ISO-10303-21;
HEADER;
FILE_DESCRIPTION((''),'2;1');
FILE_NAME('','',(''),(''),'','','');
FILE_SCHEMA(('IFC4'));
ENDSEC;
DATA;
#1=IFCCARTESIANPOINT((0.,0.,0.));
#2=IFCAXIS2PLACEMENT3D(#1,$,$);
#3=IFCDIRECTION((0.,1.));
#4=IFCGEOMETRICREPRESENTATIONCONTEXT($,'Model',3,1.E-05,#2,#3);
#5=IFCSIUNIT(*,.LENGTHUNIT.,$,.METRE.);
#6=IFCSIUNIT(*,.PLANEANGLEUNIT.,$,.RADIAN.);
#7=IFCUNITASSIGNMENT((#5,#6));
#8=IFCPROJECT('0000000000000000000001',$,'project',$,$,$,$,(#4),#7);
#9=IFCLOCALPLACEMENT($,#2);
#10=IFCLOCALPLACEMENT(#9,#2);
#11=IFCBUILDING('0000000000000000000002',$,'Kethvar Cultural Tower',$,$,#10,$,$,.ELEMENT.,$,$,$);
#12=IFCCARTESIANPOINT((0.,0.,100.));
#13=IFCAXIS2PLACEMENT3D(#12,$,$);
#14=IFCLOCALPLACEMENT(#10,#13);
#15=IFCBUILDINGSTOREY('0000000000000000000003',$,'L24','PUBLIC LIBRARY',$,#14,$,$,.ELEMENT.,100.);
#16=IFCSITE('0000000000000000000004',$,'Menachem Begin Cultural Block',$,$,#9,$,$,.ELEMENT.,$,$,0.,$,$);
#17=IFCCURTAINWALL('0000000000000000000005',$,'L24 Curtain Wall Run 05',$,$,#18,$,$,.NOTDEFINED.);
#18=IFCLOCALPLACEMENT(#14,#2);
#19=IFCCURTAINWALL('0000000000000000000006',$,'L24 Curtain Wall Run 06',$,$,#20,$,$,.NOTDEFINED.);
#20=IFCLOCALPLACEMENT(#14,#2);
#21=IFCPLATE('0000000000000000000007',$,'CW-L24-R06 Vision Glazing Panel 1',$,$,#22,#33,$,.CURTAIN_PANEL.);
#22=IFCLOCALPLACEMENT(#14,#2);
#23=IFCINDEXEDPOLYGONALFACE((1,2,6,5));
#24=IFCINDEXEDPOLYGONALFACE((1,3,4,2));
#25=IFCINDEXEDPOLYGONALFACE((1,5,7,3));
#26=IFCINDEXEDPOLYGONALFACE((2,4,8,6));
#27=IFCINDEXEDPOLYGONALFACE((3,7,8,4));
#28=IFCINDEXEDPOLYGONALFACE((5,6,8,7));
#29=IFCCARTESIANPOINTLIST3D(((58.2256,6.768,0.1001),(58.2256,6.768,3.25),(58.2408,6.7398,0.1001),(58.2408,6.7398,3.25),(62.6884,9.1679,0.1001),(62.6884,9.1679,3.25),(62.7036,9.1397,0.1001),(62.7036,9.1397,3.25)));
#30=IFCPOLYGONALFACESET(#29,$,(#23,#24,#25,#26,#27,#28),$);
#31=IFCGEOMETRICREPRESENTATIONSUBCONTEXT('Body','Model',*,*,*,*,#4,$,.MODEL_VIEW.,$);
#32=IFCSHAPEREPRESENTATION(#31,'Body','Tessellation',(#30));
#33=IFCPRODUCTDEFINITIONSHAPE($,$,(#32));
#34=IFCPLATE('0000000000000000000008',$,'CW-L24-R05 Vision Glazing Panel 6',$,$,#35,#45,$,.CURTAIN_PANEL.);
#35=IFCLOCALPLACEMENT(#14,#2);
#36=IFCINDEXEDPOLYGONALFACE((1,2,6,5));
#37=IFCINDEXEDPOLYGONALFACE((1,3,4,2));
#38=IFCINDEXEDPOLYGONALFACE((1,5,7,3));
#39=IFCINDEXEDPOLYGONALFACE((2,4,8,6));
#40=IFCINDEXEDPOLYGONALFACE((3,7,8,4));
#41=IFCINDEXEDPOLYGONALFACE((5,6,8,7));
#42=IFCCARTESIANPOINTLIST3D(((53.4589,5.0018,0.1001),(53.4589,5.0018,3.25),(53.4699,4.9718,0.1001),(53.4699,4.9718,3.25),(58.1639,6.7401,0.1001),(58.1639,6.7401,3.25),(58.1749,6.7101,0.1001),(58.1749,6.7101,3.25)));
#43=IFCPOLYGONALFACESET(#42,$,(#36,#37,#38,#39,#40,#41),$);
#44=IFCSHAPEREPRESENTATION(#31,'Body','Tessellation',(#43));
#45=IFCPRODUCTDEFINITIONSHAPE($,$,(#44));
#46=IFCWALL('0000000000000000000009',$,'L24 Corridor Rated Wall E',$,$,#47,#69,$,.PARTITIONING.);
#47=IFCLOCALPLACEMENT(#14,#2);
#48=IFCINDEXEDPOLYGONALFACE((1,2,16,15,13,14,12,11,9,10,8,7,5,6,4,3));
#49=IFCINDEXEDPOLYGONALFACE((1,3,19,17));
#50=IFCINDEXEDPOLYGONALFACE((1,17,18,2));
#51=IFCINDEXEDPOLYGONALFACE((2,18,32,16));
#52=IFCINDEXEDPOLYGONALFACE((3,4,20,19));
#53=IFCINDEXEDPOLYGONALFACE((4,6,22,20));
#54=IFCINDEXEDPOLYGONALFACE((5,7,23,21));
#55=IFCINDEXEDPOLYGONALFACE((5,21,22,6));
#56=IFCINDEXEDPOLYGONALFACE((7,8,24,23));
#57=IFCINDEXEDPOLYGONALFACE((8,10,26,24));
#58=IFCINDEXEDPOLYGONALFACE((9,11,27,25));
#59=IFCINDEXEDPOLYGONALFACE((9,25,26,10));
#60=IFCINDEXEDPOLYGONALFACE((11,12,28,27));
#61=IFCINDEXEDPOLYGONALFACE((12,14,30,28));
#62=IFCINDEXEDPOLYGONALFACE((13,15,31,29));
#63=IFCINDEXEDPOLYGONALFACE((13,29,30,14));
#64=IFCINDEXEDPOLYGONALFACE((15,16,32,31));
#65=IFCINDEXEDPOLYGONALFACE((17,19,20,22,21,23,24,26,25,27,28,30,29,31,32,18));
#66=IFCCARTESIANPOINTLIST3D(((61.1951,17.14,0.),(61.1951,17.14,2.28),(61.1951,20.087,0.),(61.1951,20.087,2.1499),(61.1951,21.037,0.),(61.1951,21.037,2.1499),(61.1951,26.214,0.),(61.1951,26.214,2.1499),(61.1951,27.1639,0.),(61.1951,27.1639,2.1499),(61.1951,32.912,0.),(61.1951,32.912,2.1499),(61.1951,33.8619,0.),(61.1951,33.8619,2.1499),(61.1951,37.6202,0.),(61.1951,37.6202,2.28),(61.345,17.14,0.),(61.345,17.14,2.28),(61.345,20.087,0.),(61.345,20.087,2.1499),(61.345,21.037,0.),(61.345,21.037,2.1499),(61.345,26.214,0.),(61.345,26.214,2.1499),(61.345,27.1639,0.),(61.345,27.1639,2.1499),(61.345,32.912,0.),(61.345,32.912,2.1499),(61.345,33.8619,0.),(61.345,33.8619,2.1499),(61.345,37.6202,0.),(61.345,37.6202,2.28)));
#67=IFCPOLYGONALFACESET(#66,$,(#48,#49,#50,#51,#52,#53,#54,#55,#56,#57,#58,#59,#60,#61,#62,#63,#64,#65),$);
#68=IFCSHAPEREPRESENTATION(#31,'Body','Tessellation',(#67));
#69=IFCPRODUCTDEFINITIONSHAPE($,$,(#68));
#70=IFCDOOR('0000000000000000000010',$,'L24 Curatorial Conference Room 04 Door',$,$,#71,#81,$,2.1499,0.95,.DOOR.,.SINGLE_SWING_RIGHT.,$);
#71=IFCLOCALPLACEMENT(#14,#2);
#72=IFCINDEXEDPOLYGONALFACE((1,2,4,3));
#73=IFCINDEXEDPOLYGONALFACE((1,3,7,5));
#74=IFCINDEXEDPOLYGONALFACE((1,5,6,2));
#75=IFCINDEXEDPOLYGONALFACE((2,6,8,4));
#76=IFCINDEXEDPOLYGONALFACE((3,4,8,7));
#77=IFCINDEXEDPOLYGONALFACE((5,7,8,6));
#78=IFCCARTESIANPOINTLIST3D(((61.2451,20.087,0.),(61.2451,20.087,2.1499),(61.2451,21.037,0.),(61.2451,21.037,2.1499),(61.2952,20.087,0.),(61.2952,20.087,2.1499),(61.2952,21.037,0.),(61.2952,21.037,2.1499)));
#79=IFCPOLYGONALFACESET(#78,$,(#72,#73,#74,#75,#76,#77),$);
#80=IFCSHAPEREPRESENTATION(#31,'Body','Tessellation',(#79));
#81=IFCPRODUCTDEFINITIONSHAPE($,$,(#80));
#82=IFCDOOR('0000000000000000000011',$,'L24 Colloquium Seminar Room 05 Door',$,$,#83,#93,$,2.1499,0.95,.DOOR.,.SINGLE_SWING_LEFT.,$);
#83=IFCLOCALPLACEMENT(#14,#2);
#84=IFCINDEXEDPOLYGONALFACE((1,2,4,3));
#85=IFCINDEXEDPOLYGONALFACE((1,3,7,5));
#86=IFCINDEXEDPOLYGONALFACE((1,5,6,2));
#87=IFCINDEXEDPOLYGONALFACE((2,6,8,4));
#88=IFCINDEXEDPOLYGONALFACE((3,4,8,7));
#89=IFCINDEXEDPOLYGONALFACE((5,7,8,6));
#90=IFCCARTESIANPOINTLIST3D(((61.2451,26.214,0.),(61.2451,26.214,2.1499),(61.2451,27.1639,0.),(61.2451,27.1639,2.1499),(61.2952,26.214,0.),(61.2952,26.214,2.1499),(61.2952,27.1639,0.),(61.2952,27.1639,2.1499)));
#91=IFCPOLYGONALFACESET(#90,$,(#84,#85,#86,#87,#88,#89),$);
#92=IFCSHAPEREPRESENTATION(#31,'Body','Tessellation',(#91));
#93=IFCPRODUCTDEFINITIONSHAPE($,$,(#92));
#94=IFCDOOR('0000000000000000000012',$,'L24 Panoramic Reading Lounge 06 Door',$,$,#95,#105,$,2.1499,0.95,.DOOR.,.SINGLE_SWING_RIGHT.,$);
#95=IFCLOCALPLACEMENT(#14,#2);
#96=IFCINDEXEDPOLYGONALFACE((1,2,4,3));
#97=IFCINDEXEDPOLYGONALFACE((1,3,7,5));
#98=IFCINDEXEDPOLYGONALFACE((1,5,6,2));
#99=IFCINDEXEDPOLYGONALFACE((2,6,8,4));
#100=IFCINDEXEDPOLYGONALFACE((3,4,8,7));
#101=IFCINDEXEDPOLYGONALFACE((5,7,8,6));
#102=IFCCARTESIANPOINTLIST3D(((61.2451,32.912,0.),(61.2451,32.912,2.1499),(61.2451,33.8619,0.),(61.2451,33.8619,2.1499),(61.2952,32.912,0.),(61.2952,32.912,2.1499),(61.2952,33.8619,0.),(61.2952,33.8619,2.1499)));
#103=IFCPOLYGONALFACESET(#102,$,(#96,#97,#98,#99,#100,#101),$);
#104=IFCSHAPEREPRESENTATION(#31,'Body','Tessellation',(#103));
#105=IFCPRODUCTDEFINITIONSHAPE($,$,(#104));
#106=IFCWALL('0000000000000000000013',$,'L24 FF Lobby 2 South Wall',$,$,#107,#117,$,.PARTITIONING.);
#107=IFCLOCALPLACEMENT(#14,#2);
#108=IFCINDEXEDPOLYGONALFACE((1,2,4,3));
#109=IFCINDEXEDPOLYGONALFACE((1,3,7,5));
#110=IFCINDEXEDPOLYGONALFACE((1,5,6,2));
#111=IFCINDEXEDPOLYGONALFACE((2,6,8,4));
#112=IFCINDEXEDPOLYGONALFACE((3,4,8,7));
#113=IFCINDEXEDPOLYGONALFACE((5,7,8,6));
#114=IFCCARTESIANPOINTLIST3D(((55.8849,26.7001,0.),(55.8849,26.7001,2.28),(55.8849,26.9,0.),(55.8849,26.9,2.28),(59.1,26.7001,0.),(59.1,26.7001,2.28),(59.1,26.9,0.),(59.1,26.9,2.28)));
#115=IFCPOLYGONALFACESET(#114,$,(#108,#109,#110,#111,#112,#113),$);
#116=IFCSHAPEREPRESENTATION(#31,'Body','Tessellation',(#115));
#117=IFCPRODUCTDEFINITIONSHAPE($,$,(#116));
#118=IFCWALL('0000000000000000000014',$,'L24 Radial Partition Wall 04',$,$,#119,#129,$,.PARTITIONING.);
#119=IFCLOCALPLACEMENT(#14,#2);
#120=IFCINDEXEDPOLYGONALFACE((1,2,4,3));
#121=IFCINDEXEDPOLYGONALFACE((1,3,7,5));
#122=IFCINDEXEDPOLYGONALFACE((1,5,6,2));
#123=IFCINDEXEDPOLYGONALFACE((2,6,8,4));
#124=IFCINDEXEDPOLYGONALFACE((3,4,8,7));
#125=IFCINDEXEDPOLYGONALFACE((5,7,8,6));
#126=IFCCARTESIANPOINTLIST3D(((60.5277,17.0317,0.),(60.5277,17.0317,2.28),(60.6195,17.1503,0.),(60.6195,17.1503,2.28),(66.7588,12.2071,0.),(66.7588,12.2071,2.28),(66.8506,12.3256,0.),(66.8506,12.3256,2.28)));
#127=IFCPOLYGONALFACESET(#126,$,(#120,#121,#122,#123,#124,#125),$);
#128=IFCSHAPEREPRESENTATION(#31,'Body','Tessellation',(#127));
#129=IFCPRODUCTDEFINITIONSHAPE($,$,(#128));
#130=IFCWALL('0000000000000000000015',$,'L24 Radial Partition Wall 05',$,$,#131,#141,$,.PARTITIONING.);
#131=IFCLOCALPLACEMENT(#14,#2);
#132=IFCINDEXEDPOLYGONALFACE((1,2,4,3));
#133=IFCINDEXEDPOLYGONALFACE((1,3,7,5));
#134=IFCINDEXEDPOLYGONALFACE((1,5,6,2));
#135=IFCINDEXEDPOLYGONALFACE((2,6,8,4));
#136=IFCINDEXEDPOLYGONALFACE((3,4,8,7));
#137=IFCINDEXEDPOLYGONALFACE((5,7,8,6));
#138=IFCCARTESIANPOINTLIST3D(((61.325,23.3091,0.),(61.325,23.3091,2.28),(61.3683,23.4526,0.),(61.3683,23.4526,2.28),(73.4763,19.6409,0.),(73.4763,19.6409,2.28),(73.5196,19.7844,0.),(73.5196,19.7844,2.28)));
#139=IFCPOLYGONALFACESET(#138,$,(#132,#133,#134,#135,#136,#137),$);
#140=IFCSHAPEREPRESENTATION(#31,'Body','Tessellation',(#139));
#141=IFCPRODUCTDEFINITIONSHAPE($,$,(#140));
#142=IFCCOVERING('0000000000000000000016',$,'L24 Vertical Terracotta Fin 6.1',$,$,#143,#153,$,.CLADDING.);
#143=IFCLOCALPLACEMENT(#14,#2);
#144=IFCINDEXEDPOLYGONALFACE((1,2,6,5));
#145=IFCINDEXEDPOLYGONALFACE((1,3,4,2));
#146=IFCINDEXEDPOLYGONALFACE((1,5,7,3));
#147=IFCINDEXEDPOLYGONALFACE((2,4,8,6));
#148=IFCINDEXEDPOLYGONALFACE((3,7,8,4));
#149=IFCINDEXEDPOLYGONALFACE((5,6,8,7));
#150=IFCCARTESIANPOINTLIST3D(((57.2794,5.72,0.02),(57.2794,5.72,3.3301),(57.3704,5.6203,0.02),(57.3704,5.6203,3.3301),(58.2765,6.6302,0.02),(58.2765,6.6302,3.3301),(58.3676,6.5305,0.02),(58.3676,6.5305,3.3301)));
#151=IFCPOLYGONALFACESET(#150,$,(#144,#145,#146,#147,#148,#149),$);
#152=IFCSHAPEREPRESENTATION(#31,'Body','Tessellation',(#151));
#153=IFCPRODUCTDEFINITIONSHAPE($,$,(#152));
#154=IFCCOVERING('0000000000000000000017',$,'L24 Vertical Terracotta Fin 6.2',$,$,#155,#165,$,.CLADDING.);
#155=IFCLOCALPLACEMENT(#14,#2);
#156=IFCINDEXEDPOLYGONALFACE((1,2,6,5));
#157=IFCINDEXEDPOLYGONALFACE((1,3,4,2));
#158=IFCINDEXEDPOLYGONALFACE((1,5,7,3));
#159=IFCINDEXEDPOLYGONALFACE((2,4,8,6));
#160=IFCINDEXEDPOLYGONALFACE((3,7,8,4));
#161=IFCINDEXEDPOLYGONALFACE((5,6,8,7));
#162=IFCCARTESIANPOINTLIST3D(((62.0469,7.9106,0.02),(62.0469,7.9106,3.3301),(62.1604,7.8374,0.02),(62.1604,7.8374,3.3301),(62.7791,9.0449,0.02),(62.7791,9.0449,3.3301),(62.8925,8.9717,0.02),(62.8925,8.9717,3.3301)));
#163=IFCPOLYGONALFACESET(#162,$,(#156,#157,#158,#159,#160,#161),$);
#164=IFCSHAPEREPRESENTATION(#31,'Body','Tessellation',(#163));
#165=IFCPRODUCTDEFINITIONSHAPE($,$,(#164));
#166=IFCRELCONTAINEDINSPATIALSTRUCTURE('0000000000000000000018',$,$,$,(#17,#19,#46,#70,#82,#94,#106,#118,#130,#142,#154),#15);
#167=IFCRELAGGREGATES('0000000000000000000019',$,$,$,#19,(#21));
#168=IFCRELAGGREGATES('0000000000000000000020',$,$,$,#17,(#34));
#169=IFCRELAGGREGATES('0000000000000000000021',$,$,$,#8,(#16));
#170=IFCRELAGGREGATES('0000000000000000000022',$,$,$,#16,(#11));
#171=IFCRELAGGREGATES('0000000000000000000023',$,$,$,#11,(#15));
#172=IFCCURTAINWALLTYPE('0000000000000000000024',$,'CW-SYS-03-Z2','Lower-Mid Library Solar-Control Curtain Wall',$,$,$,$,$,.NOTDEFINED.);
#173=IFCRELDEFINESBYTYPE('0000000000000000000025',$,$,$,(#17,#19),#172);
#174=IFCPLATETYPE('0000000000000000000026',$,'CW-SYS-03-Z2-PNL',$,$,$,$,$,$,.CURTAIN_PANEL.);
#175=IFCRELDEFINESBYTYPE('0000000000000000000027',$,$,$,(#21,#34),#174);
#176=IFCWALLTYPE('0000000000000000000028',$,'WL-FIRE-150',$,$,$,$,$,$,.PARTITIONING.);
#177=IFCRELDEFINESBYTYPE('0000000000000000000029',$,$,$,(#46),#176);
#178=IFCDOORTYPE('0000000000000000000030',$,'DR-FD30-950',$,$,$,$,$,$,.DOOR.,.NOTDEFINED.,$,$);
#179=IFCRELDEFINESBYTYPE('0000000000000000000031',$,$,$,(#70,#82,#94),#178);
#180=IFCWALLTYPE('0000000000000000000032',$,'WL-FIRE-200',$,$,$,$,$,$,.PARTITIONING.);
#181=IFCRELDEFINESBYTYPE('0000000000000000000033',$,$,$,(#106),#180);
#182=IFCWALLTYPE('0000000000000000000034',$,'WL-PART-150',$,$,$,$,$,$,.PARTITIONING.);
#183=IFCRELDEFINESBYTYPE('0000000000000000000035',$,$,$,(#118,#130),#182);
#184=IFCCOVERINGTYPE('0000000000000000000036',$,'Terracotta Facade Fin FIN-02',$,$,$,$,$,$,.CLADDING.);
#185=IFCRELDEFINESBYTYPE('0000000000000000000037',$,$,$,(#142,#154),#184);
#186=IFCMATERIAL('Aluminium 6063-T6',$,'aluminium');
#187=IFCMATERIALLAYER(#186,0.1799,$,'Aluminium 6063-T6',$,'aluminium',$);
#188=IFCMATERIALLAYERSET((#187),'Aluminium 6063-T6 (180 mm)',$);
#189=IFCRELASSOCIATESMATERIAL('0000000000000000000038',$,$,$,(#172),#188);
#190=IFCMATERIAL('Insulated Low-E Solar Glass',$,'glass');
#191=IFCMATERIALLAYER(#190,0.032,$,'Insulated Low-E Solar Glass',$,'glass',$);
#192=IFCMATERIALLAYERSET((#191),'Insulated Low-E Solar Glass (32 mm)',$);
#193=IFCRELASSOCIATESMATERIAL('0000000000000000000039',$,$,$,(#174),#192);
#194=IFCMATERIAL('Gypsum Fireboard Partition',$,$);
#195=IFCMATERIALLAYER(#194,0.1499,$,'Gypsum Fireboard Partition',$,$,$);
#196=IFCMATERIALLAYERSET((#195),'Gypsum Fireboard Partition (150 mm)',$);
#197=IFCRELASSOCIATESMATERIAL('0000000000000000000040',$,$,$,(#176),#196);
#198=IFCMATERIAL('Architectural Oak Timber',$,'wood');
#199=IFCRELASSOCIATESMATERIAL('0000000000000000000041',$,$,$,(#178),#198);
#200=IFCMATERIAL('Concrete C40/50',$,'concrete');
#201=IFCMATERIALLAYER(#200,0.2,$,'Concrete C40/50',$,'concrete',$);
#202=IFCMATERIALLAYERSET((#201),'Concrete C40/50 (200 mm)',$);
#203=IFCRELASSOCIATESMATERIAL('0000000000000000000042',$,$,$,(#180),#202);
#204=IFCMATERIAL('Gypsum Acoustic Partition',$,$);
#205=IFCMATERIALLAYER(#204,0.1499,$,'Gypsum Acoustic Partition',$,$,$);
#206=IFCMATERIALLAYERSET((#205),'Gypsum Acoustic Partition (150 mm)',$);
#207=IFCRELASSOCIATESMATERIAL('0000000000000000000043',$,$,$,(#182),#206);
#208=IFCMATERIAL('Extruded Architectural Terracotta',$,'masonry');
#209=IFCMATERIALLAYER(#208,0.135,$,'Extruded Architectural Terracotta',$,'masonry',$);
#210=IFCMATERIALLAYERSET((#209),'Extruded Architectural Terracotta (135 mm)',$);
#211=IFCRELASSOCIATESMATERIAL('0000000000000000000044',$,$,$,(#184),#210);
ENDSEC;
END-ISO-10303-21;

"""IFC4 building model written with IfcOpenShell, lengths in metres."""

from ifc_helpers import new_model, si_unit, direction, frame, frame_2d, origin, origin_2d, place, context, subcontext, project, spatial, rectangle, extrude, source, transform, mapped, material, layer, layer_set, type_object, element, fill, aggregate, save


model = new_model("IFC4")

# Units and contexts
model_context = context("Model", 3, precision=1e-05, world=origin(), true_north=direction((0.0, 1.0)))
body_context = subcontext(model_context, "Body", "Model", "MODEL_VIEW")
ifc_project = project(units=[si_unit("LENGTHUNIT", "METRE"), si_unit("PLANEANGLEUNIT", "RADIAN")], contexts=[model_context])

# Site, building, storey
site_placement = place(None, origin())
site = spatial("IfcSite", under=ifc_project, at=site_placement, Name="Menachem Begin Cultural Block", CompositionType="ELEMENT", RefElevation=0.0)
building_placement = place(site_placement, origin())
building = spatial("IfcBuilding", under=site, at=building_placement, Name="Kethvar Cultural Tower", CompositionType="ELEMENT")
storey_placement = place(building_placement, frame((0.0, 0.0, 100.0)))
storey = spatial("IfcBuildingStorey", under=building, at=storey_placement, Name="L24", Description="PUBLIC LIBRARY", CompositionType="ELEMENT", Elevation=100.0)

# Curtain wall
ifc_material_1 = material(Name="Aluminium 6063-T6", Category="aluminium")
ifc_layer_1 = layer(ifc_material_1, 0.1799, Name="Aluminium 6063-T6", Category="aluminium")
ifc_layer_set_1 = layer_set([ifc_layer_1], Name="Aluminium 6063-T6 (180 mm)")
curtain_wall_type = type_object("IfcCurtainWallType", Name="CW-SYS-03-Z2", Description="Lower-Mid Library Solar-Control Curtain Wall", PredefinedType="NOTDEFINED", material=ifc_layer_set_1)
curtain_wall_1_placement = place(storey_placement, origin())
curtain_wall_1 = element("IfcCurtainWall", 1, at=curtain_wall_1_placement, inside=storey, type_object=curtain_wall_type, Name="L24 Curtain Wall Run 05", PredefinedType="NOTDEFINED")

# Curtain wall, plate
curtain_wall_2_placement = place(storey_placement, origin())
curtain_wall_2 = element("IfcCurtainWall", 2, at=curtain_wall_2_placement, inside=storey, type_object=curtain_wall_type, Name="L24 Curtain Wall Run 06", PredefinedType="NOTDEFINED")
ifc_material_2 = material(Name="Insulated Low-E Solar Glass", Category="glass")
ifc_layer_2 = layer(ifc_material_2, 0.032, Name="Insulated Low-E Solar Glass", Category="glass")
ifc_layer_set_2 = layer_set([ifc_layer_2], Name="Insulated Low-E Solar Glass (32 mm)")
plate_type = type_object("IfcPlateType", Name="CW-SYS-03-Z2-PNL", PredefinedType="CURTAIN_PANEL", material=ifc_layer_set_2)
shared_shape_1 = source(origin(), body_context, "Body", "SweptSolid", [
    extrude(rectangle(XDim=5.0671, YDim=0.032, at=origin_2d()), origin(), (0.0, 0.0, 1.0), 3.1499),
])
plate_1_placement = place(storey_placement, frame((60.4646, 7.9539, 0.1001), z_axis=(0.0, 0.0, 1.0), x_axis=(0.880734, 0.473612, 0.0)))
plate_1 = element("IfcPlate", 3, at=plate_1_placement, type_object=plate_type, Name="CW-L24-R06 Vision Glazing Panel 1", PredefinedType="CURTAIN_PANEL", context=body_context, shape_type="MappedRepresentation", body=[
    mapped(shared_shape_1, transform((0.0, 0.0, 0.0), scale=1.0)),
])
aggregate(curtain_wall_2, [plate_1])

# Plate
shared_shape_2 = source(origin(), body_context, "Body", "SweptSolid", [
    extrude(rectangle(XDim=5.0159, YDim=0.032, at=origin_2d()), origin(), (0.0, 0.0, 1.0), 3.1499),
])
plate_2_placement = place(storey_placement, frame((55.8169, 5.856, 0.1001), z_axis=(0.0, 0.0, 1.0), x_axis=(0.938022, 0.346576, 0.0)))
plate_2 = element("IfcPlate", 4, at=plate_2_placement, type_object=plate_type, Name="CW-L24-R05 Vision Glazing Panel 6", PredefinedType="CURTAIN_PANEL", context=body_context, shape_type="MappedRepresentation", body=[
    mapped(shared_shape_2, transform((0.0, 0.0, 0.0), scale=1.0)),
])
aggregate(curtain_wall_1, [plate_2])

# Wall, openings, doors
ifc_material_3 = material(Name="Gypsum Fireboard Partition")
ifc_layer_3 = layer(ifc_material_3, 0.1499, Name="Gypsum Fireboard Partition")
ifc_layer_set_3 = layer_set([ifc_layer_3], Name="Gypsum Fireboard Partition (150 mm)")
wall_type_1 = type_object("IfcWallType", Name="WL-FIRE-150", PredefinedType="PARTITIONING", material=ifc_layer_set_3)
wall_1_placement = place(storey_placement, frame((61.27, 17.1399, 0.0), z_axis=(0.0, 0.0, 1.0), x_axis=(0.0, 1.0, 0.0)))
wall_1 = element("IfcWall", 5, at=wall_1_placement, inside=storey, type_object=wall_type_1, Name="L24 Corridor Rated Wall E", PredefinedType="PARTITIONING", context=body_context, shape_type="SweptSolid", body=[
    extrude(rectangle(XDim=20.4802, YDim=0.1499, at=frame_2d((10.2402, 0.0))), origin(), (0.0, 0.0, 1.0), 2.28),
])
opening_1_placement = place(wall_1_placement, frame((2.947, 0.0, 0.0)))
opening_1 = element("IfcOpeningElement", 6, at=opening_1_placement, cuts=wall_1, PredefinedType="OPENING", context=body_context, shape_type="SweptSolid", body=[
    extrude(rectangle(XDim=0.95, YDim=2.1499, at=frame_2d((0.4751, 1.075))), frame((0.0, 0.085, 0.0), z_axis=(0.0, -1.0, 0.0), x_axis=(1.0, 0.0, 0.0)), (0.0, 0.0, 1.0), 0.1699),
])
opening_2_placement = place(wall_1_placement, frame((9.074, 0.0, 0.0)))
opening_2 = element("IfcOpeningElement", 7, at=opening_2_placement, cuts=wall_1, PredefinedType="OPENING", context=body_context, shape_type="SweptSolid", body=[
    extrude(rectangle(XDim=0.95, YDim=2.1499, at=frame_2d((0.4751, 1.075))), frame((0.0, 0.085, 0.0), z_axis=(0.0, -1.0, 0.0), x_axis=(1.0, 0.0, 0.0)), (0.0, 0.0, 1.0), 0.1699),
])
opening_3_placement = place(wall_1_placement, frame((15.772, 0.0, 0.0)))
opening_3 = element("IfcOpeningElement", 8, at=opening_3_placement, cuts=wall_1, PredefinedType="OPENING", context=body_context, shape_type="SweptSolid", body=[
    extrude(rectangle(XDim=0.95, YDim=2.1499, at=frame_2d((0.4751, 1.075))), frame((0.0, 0.085, 0.0), z_axis=(0.0, -1.0, 0.0), x_axis=(1.0, 0.0, 0.0)), (0.0, 0.0, 1.0), 0.1699),
])
ifc_material_4 = material(Name="Architectural Oak Timber", Category="wood")
door_type_1 = type_object("IfcDoorType", Name="DR-FD30-950", OperationType="NOTDEFINED", PredefinedType="DOOR", material=ifc_material_4)
shared_shape_3 = source(origin(), body_context, "Body", "SweptSolid", [
    extrude(rectangle(XDim=0.95, YDim=2.1499, at=frame_2d((0.4751, 1.075))), frame((0.0, 0.0249, 0.0), z_axis=(0.0, -1.0, 0.0), x_axis=(1.0, 0.0, 0.0)), (0.0, 0.0, 1.0), 0.05),
])
door_1_placement = place(opening_1_placement, origin())
door_1 = element("IfcDoor", 9, at=door_1_placement, inside=storey, type_object=door_type_1, Name="L24 Curatorial Conference Room 04 Door", OperationType="SINGLE_SWING_RIGHT", OverallHeight=2.1499, OverallWidth=0.95, PredefinedType="DOOR", context=body_context, shape_type="MappedRepresentation", body=[
    mapped(shared_shape_3, transform((0.0, 0.0, 0.0), scale=1.0)),
])
fill(opening_1, door_1)
door_2_placement = place(opening_2_placement, origin())
door_2 = element("IfcDoor", 10, at=door_2_placement, inside=storey, type_object=door_type_1, Name="L24 Colloquium Seminar Room 05 Door", OperationType="SINGLE_SWING_LEFT", OverallHeight=2.1499, OverallWidth=0.95, PredefinedType="DOOR", context=body_context, shape_type="MappedRepresentation", body=[
    mapped(shared_shape_3, transform((0.0, 0.0, 0.0), scale=1.0)),
])
fill(opening_2, door_2)
door_3_placement = place(opening_3_placement, origin())
door_3 = element("IfcDoor", 11, at=door_3_placement, inside=storey, type_object=door_type_1, Name="L24 Panoramic Reading Lounge 06 Door", OperationType="SINGLE_SWING_RIGHT", OverallHeight=2.1499, OverallWidth=0.95, PredefinedType="DOOR", context=body_context, shape_type="MappedRepresentation", body=[
    mapped(shared_shape_3, transform((0.0, 0.0, 0.0), scale=1.0)),
])
fill(opening_3, door_3)

# Shared definitions
ifc_material_5 = material(Name="Concrete C40/50", Category="concrete")
ifc_layer_4 = layer(ifc_material_5, 0.2, Name="Concrete C40/50", Category="concrete")
ifc_layer_set_4 = layer_set([ifc_layer_4], Name="Concrete C40/50 (200 mm)")
wall_type_2 = type_object("IfcWallType", Name="WL-FIRE-200", PredefinedType="PARTITIONING", material=ifc_layer_set_4)

# Walls
wall_2_placement = place(storey_placement, frame((55.885, 26.8, 0.0), z_axis=(0.0, 0.0, 1.0), x_axis=(1.0, 0.0, 0.0)))
element("IfcWall", 12, at=wall_2_placement, inside=storey, type_object=wall_type_2, Name="L24 FF Lobby 2 South Wall", PredefinedType="PARTITIONING", context=body_context, shape_type="SweptSolid", body=[
    extrude(rectangle(XDim=3.2151, YDim=0.2, at=frame_2d((1.6074, 0.0))), origin(), (0.0, 0.0, 1.0), 2.28),
])
ifc_material_6 = material(Name="Gypsum Acoustic Partition")
ifc_layer_5 = layer(ifc_material_6, 0.1499, Name="Gypsum Acoustic Partition")
ifc_layer_set_5 = layer_set([ifc_layer_5], Name="Gypsum Acoustic Partition (150 mm)")
wall_type_3 = type_object("IfcWallType", Name="WL-PART-150", PredefinedType="PARTITIONING", material=ifc_layer_set_5)
wall_3_placement = place(storey_placement, frame((60.5735, 17.0911, 0.0), z_axis=(0.0, 0.0, 1.0), x_axis=(0.79069, -0.612217, 0.0)))
element("IfcWall", 13, at=wall_3_placement, inside=storey, type_object=wall_type_3, Name="L24 Radial Partition Wall 04", PredefinedType="PARTITIONING", context=body_context, shape_type="SweptSolid", body=[
    extrude(rectangle(XDim=7.8806, YDim=0.1499, at=frame_2d((3.9404, 0.0))), origin(), (0.0, 0.0, 1.0), 2.28),
])
wall_4_placement = place(storey_placement, frame((61.3467, 23.3809, 0.0), z_axis=(0.0, 0.0, 1.0), x_axis=(0.95733, -0.288996, 0.0)))
element("IfcWall", 14, at=wall_4_placement, inside=storey, type_object=wall_type_3, Name="L24 Radial Partition Wall 05", PredefinedType="PARTITIONING", context=body_context, shape_type="SweptSolid", body=[
    extrude(rectangle(XDim=12.6929, YDim=0.1499, at=frame_2d((6.3464, 0.0))), origin(), (0.0, 0.0, 1.0), 2.28),
])

# Coverings
ifc_material_7 = material(Name="Extruded Architectural Terracotta", Category="masonry")
ifc_layer_6 = layer(ifc_material_7, 0.135, Name="Extruded Architectural Terracotta", Category="masonry")
ifc_layer_set_6 = layer_set([ifc_layer_6], Name="Extruded Architectural Terracotta (135 mm)")
covering_type = type_object("IfcCoveringType", Name="Terracotta Facade Fin FIN-02", PredefinedType="CLADDING", material=ifc_layer_set_6)
shared_shape_4 = source(origin(), body_context, "Body", "SweptSolid", [
    extrude(rectangle(XDim=1.3501, YDim=0.135, at=origin_2d()), origin(), (0.0, 0.0, 1.0), 3.3101),
])
for number, where, z_axis, x_axis, name in (
    (15, (57.8235, 6.1252, 0.02), (0.0, 0.0, 1.0), (-0.738573, -0.674173, 0.0), "L24 Vertical Terracotta Fin 6.1"),
    (16, (62.4697, 8.4412, 0.02), (0.0, 0.0, 1.0), (-0.542295, -0.840188, 0.0), "L24 Vertical Terracotta Fin 6.2"),
):
    element("IfcCovering", number, at=place(storey_placement, frame(where, z_axis=z_axis, x_axis=x_axis)), inside=storey, type_object=covering_type, Name=name, PredefinedType="CLADDING", context=body_context, shape_type="MappedRepresentation", body=[
        mapped(shared_shape_4, transform((0.0, 0.0, 0.0), scale=1.0)),
    ])

save(model, "model.ifc")
